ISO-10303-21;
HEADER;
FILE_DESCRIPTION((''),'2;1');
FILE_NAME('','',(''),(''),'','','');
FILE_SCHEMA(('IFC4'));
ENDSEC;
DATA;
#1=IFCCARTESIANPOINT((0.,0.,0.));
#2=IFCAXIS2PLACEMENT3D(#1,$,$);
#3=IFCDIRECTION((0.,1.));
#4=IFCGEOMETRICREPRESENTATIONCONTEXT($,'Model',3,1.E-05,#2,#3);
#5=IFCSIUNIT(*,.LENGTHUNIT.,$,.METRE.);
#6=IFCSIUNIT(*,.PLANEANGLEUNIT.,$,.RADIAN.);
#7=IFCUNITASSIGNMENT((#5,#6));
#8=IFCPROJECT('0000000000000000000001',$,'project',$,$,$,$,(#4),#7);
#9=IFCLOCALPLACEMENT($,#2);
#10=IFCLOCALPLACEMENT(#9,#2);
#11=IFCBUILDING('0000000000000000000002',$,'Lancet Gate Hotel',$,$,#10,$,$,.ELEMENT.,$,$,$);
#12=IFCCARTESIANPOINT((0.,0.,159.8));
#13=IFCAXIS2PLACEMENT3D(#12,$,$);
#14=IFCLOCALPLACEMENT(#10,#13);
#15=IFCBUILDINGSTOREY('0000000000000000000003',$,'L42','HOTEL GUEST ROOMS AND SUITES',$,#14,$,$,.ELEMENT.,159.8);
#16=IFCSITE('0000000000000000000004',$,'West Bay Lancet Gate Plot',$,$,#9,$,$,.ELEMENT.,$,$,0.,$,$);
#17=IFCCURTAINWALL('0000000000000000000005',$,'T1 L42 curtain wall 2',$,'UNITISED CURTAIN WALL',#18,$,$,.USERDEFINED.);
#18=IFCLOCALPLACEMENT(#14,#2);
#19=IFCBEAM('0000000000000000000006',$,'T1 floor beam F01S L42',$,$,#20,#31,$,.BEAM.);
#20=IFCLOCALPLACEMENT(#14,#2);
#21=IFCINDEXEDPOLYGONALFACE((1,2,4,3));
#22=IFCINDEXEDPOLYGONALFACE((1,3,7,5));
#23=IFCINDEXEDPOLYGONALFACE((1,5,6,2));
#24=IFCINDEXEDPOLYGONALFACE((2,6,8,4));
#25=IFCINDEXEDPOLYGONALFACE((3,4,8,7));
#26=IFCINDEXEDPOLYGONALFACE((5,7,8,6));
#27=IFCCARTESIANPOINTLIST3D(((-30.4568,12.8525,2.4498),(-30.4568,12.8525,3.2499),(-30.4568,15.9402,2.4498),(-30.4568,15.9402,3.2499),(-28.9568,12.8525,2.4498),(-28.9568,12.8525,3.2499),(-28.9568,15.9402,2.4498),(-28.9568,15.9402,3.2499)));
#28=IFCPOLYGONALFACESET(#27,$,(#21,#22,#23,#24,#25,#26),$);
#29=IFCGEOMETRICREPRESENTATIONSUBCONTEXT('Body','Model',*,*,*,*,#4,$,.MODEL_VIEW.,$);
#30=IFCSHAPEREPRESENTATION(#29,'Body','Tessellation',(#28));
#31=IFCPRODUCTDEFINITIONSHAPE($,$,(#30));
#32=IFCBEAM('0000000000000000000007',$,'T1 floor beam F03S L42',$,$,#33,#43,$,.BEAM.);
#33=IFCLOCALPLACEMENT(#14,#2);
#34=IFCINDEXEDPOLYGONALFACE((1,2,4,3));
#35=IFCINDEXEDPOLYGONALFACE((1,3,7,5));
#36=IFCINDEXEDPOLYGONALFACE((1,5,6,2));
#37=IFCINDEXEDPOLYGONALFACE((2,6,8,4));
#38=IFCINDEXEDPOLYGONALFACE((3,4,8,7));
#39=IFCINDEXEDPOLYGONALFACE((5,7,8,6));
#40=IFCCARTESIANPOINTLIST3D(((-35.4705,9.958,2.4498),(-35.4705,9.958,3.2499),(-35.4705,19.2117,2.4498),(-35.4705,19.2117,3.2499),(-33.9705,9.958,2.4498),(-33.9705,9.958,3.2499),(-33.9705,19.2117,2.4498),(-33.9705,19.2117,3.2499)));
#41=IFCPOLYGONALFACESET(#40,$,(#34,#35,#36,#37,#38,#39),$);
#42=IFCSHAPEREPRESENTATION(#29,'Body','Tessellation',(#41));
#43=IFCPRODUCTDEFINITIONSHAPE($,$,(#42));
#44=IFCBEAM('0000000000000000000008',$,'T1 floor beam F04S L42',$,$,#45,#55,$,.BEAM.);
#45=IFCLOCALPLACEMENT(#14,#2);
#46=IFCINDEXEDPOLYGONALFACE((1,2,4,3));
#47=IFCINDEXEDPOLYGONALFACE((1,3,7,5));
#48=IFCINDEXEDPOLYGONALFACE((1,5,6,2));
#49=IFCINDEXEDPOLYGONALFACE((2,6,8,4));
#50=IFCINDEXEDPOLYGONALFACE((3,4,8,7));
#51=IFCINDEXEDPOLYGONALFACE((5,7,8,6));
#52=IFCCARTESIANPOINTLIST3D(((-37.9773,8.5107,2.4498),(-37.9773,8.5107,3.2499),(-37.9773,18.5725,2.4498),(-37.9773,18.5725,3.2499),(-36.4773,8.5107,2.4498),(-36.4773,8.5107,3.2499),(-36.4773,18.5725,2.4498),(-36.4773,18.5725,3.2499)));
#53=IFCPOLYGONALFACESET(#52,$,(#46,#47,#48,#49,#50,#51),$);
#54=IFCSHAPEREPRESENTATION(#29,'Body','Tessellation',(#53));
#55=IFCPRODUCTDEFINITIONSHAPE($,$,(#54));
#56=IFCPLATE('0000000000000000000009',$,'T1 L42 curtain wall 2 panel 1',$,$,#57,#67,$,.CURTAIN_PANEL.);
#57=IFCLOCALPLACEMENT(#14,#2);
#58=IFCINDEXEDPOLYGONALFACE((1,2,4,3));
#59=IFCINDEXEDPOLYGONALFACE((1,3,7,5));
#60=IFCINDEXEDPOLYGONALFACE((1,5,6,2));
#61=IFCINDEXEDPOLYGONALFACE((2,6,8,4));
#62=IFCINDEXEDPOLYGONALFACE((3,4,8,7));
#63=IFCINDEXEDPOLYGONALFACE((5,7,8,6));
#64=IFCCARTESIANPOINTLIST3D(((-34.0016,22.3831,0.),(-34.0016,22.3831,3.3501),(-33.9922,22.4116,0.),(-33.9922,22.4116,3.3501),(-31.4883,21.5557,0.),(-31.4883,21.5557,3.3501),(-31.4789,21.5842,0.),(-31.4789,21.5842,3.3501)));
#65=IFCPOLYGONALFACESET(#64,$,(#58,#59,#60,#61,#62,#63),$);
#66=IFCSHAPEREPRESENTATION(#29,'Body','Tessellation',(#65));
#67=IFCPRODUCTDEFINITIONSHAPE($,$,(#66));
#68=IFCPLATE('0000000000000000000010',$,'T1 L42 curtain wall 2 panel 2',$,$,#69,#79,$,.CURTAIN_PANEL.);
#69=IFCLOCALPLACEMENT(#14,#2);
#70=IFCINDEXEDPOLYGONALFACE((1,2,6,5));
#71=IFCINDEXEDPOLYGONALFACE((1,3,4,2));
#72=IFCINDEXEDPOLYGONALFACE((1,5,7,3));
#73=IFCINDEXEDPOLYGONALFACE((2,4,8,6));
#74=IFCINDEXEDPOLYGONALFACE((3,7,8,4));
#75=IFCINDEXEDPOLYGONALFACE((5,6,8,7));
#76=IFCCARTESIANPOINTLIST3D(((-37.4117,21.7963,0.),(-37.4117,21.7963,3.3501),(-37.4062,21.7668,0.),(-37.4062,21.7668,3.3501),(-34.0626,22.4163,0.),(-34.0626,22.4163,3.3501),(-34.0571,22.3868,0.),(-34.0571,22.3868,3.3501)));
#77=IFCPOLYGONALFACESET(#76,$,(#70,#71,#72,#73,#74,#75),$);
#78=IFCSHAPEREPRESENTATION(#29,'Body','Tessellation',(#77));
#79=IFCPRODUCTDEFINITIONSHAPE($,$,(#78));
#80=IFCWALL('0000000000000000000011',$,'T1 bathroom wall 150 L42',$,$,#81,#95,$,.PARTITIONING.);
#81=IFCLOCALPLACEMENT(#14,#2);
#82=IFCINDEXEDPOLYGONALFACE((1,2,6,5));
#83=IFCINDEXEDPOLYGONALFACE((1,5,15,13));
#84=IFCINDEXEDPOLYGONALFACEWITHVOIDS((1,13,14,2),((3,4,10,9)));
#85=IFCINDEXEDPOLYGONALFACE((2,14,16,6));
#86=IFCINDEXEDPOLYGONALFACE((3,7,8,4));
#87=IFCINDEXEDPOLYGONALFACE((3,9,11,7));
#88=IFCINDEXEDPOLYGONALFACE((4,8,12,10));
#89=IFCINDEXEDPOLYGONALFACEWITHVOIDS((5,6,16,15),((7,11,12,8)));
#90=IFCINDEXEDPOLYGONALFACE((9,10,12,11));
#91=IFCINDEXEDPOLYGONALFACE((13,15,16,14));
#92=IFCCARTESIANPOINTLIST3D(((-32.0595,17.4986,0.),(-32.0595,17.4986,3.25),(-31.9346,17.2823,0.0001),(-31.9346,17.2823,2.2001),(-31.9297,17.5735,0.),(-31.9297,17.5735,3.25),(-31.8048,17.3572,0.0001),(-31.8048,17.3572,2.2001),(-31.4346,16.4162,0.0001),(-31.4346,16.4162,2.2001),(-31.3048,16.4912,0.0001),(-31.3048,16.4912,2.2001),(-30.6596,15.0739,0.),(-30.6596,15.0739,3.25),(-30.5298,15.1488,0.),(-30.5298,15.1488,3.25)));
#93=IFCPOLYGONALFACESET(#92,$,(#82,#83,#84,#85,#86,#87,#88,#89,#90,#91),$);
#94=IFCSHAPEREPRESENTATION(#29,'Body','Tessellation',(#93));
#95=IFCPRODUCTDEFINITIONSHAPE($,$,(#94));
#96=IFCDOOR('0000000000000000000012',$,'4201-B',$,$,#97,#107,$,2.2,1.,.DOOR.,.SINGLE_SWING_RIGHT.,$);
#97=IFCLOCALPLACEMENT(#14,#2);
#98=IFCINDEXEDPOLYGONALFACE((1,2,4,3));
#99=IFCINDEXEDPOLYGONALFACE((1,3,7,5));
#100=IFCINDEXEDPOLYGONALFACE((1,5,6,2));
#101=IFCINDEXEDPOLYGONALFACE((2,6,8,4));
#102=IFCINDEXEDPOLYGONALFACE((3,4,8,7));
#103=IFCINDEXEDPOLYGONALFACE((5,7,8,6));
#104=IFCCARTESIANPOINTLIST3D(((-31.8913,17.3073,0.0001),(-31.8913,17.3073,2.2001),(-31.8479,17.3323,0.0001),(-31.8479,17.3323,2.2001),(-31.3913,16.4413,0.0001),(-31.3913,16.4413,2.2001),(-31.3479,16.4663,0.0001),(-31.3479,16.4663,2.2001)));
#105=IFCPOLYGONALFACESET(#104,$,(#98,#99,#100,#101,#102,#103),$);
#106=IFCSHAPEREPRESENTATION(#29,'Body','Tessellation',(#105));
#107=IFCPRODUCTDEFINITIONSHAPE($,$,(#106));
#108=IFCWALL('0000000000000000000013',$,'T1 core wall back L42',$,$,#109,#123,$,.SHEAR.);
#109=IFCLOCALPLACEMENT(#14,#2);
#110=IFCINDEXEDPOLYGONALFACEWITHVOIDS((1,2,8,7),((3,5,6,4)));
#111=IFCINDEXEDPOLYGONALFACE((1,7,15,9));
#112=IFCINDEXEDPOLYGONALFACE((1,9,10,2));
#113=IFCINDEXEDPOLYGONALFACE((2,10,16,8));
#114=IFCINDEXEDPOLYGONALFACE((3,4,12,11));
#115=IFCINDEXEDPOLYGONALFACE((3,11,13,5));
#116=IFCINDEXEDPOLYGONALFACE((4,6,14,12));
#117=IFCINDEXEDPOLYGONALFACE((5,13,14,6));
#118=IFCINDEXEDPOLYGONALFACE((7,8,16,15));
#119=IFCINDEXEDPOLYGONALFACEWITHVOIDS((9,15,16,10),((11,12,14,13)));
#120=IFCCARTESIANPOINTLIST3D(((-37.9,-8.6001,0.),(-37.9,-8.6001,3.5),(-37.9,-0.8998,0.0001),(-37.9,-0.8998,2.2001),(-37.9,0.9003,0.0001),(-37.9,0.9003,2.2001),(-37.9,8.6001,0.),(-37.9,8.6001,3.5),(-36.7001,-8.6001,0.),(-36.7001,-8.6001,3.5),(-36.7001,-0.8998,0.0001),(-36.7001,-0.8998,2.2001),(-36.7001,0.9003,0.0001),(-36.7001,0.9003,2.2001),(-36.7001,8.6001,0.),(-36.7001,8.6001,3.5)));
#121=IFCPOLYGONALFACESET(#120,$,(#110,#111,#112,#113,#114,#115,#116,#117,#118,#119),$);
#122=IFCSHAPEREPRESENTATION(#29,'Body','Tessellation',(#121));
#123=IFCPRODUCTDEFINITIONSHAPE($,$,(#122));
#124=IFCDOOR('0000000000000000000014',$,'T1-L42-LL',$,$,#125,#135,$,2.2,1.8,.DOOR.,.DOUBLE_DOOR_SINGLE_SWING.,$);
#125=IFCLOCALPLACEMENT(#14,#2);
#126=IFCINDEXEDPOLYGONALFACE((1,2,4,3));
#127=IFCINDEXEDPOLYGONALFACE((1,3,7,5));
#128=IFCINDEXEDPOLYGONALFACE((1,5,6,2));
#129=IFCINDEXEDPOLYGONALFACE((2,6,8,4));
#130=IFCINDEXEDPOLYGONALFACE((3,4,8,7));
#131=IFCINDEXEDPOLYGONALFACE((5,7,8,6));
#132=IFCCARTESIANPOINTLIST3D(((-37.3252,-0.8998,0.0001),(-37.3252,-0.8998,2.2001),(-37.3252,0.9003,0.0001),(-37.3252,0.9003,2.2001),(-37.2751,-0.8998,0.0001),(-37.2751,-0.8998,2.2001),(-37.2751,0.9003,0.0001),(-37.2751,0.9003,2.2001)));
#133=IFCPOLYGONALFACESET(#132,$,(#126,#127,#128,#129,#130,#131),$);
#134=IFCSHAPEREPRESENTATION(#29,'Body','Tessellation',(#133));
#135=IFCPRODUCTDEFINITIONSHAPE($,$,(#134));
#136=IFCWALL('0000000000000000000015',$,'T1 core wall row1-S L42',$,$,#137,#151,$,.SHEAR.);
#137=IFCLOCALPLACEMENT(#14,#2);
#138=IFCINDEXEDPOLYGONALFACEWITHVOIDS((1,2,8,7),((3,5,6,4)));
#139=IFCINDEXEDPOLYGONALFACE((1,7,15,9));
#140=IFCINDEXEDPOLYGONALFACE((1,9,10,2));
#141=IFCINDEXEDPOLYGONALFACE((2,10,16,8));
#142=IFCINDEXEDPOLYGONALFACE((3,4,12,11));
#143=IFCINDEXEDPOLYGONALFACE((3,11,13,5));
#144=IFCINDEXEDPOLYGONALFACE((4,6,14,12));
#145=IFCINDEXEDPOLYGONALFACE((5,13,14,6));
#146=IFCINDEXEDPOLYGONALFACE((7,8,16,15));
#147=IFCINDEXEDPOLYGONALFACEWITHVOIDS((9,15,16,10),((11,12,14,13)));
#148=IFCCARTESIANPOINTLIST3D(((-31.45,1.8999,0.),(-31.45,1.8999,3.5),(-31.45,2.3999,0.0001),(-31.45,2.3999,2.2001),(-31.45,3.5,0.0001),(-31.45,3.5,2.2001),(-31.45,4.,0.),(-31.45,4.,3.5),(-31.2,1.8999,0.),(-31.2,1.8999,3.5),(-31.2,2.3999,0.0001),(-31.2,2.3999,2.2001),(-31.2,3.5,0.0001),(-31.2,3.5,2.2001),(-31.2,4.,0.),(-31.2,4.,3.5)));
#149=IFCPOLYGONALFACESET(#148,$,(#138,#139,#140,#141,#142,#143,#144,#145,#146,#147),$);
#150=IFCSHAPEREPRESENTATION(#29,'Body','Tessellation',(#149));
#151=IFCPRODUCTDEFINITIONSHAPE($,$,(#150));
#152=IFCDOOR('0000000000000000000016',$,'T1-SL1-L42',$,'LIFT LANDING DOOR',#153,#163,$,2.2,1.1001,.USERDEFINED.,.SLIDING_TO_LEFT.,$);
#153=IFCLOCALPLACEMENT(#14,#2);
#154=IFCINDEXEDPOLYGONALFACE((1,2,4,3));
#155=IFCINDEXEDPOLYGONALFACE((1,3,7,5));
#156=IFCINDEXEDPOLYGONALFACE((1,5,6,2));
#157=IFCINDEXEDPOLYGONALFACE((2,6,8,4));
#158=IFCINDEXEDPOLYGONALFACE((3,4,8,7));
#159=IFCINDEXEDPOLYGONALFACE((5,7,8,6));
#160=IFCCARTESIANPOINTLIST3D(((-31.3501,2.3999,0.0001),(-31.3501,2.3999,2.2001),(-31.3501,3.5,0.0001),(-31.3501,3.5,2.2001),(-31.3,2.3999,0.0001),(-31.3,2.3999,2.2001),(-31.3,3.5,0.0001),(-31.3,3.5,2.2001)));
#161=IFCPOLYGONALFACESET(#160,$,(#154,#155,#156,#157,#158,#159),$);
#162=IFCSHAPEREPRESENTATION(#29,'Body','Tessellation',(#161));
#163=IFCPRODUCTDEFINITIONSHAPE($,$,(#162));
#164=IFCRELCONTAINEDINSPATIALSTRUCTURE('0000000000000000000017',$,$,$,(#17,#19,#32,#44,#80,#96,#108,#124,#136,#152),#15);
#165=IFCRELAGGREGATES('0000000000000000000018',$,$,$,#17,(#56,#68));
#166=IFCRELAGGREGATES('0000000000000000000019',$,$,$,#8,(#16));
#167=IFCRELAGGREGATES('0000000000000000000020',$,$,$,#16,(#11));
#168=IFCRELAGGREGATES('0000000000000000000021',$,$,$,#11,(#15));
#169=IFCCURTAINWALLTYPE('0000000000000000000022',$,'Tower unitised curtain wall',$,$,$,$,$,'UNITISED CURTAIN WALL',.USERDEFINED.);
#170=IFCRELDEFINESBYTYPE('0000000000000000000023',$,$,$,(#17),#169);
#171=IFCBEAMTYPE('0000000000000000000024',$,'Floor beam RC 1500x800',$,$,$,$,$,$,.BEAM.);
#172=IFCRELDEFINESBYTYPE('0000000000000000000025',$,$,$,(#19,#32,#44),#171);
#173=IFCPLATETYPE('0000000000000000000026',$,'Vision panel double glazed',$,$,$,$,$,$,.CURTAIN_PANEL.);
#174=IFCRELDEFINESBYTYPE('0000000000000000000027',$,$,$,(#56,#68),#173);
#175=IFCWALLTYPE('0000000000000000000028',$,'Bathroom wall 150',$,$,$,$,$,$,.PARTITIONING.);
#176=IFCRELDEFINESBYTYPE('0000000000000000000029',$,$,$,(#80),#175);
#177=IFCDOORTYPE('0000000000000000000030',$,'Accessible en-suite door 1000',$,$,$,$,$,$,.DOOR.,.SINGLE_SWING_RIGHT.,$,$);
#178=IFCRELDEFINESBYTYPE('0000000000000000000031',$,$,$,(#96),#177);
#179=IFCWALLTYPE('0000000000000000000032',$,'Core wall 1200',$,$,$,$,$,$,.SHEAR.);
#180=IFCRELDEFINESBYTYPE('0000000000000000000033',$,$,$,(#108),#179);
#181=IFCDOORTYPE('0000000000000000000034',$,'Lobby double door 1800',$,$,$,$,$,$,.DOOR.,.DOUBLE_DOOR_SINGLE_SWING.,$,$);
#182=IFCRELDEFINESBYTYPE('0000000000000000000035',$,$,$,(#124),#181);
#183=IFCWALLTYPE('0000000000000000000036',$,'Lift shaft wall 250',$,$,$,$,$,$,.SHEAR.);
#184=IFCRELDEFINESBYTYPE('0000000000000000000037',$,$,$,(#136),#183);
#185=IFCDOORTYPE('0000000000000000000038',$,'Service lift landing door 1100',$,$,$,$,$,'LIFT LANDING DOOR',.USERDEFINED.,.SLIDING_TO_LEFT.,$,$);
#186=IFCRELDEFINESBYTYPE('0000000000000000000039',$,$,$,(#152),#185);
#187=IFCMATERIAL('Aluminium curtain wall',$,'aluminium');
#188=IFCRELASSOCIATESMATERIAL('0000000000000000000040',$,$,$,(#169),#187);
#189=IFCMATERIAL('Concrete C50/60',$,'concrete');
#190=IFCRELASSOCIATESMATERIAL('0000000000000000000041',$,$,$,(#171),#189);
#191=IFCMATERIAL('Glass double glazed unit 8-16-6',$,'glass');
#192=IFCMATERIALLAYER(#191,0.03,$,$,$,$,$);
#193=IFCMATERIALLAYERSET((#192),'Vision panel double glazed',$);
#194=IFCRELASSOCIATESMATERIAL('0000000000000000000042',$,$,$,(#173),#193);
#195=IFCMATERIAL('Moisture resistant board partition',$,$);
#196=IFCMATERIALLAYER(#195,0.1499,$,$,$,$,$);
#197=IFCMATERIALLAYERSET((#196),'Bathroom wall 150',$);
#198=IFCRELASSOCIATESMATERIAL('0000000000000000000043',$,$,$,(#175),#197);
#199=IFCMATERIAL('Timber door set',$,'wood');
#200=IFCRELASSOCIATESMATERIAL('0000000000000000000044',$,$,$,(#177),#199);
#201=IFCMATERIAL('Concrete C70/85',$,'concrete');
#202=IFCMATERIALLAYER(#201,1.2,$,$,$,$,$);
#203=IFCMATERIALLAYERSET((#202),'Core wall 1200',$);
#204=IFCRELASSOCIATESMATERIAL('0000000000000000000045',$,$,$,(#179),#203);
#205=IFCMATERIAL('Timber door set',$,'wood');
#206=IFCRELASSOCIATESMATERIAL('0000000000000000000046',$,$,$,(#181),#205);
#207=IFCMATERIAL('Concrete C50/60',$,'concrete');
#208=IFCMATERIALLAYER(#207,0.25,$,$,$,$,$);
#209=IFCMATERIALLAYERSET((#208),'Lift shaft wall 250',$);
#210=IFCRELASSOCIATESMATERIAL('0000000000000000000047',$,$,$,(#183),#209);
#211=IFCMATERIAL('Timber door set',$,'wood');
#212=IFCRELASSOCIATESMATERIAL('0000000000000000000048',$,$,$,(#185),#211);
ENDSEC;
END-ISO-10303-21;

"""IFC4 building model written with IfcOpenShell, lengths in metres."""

from ifc_helpers import new_model, si_unit, direction, frame, frame_2d, origin, origin_2d, place, context, subcontext, project, spatial, rectangle, extrude, material, layer, layer_set, material_profile, profile_set, type_object, element, fill, aggregate, save


model = new_model("IFC4")

# Units and contexts
model_context = context("Model", 3, precision=1e-05, world=origin(), true_north=direction((0.0, 1.0)))
body_context = subcontext(model_context, "Body", "Model", "MODEL_VIEW")
ifc_project = project(units=[si_unit("LENGTHUNIT", "METRE"), si_unit("PLANEANGLEUNIT", "RADIAN")], contexts=[model_context])

# Site, building, storey
site_placement = place(None, origin())
site = spatial("IfcSite", under=ifc_project, at=site_placement, Name="West Bay Lancet Gate Plot", CompositionType="ELEMENT", RefElevation=0.0)
building_placement = place(site_placement, origin())
building = spatial("IfcBuilding", under=site, at=building_placement, Name="Lancet Gate Hotel", CompositionType="ELEMENT")
storey_placement = place(building_placement, frame((0.0, 0.0, 159.8)))
storey = spatial("IfcBuildingStorey", under=building, at=storey_placement, Name="L42", Description="HOTEL GUEST ROOMS AND SUITES", CompositionType="ELEMENT", Elevation=159.8)

# Shared definitions
ifc_material_1 = material(Name="Aluminium curtain wall", Category="aluminium")
curtain_wall_type = type_object("IfcCurtainWallType", Name="Tower unitised curtain wall", ElementType="UNITISED CURTAIN WALL", PredefinedType="USERDEFINED", material=ifc_material_1)

# Curtain wall
curtain_wall_1_placement = place(storey_placement, origin())
curtain_wall_1 = element("IfcCurtainWall", 1, at=curtain_wall_1_placement, inside=storey, type_object=curtain_wall_type, Name="T1 L42 curtain wall 2", ObjectType="UNITISED CURTAIN WALL", PredefinedType="USERDEFINED")

# Beams
ifc_material_2 = material(Name="Concrete C50/60", Category="concrete")
ifc_material_profile_1 = material_profile(ifc_material_2, rectangle(XDim=1.5, YDim=0.8, at=origin_2d()), Name="RC 1500x800")
ifc_profile_set_1 = profile_set([ifc_material_profile_1], Name="Concrete C50/60")
beam_type_1 = type_object("IfcBeamType", Name="Floor beam RC 1500x800", PredefinedType="BEAM", material=ifc_profile_set_1)
beam_1_placement = place(storey_placement, frame((-29.7068, 15.9402, 2.8499), z_axis=(0.0, -1.0, 0.0), x_axis=(1.0, 0.0, 0.0)))
element("IfcBeam", 2, at=beam_1_placement, inside=storey, type_object=beam_type_1, Name="T1 floor beam F01S L42", PredefinedType="BEAM", context=body_context, shape_type="SweptSolid", body=[
    extrude(rectangle(XDim=1.5, YDim=0.8, at=origin_2d()), origin(), (0.0, 0.0, 1.0), 3.0876),
])
beam_2_placement = place(storey_placement, frame((-34.7205, 19.2117, 2.8499), z_axis=(0.0, -1.0, 0.0), x_axis=(1.0, 0.0, 0.0)))
element("IfcBeam", 3, at=beam_2_placement, inside=storey, type_object=beam_type_1, Name="T1 floor beam F03S L42", PredefinedType="BEAM", context=body_context, shape_type="SweptSolid", body=[
    extrude(rectangle(XDim=1.5, YDim=0.8, at=origin_2d()), origin(), (0.0, 0.0, 1.0), 9.2537),
])
beam_3_placement = place(storey_placement, frame((-37.2273, 18.5725, 2.8499), z_axis=(0.0, -1.0, 0.0), x_axis=(1.0, 0.0, 0.0)))
element("IfcBeam", 4, at=beam_3_placement, inside=storey, type_object=beam_type_1, Name="T1 floor beam F04S L42", PredefinedType="BEAM", context=body_context, shape_type="SweptSolid", body=[
    extrude(rectangle(XDim=1.5, YDim=0.8, at=origin_2d()), origin(), (0.0, 0.0, 1.0), 10.0618),
])

# Plates
ifc_material_3 = material(Name="Glass double glazed unit 8-16-6", Category="glass")
ifc_layer_1 = layer(ifc_material_3, 0.03)
ifc_layer_set_1 = layer_set([ifc_layer_1], Name="Vision panel double glazed")
plate_type = type_object("IfcPlateType", Name="Vision panel double glazed", PredefinedType="CURTAIN_PANEL", material=ifc_layer_set_1)
plate_1_placement = place(storey_placement, frame((-32.7402, 21.9836, 0.0), z_axis=(0.0, 0.0, 1.0), x_axis=(-0.949848, 0.312712, 0.0)))
plate_1 = element("IfcPlate", 5, at=plate_1_placement, type_object=plate_type, Name="T1 L42 curtain wall 2 panel 1", PredefinedType="CURTAIN_PANEL", context=body_context, shape_type="SweptSolid", body=[
    extrude(rectangle(XDim=2.646, YDim=0.03, at=origin_2d()), origin(), (0.0, 0.0, 1.0), 3.3501),
])
plate_2_placement = place(storey_placement, frame((-35.7344, 22.0916, 0.0), z_axis=(0.0, 0.0, 1.0), x_axis=(-0.983292, -0.182033, 0.0)))
plate_2 = element("IfcPlate", 6, at=plate_2_placement, type_object=plate_type, Name="T1 L42 curtain wall 2 panel 2", PredefinedType="CURTAIN_PANEL", context=body_context, shape_type="SweptSolid", body=[
    extrude(rectangle(XDim=3.406, YDim=0.03, at=origin_2d()), origin(), (0.0, 0.0, 1.0), 3.3501),
])
aggregate(curtain_wall_1, [plate_1, plate_2])

# Walls, openings, doors
ifc_material_4 = material(Name="Moisture resistant board partition")
ifc_layer_2 = layer(ifc_material_4, 0.1499)
ifc_layer_set_2 = layer_set([ifc_layer_2], Name="Bathroom wall 150")
wall_type_1 = type_object("IfcWallType", Name="Bathroom wall 150", PredefinedType="PARTITIONING", material=ifc_layer_set_2)
wall_1_placement = place(storey_placement, frame((-30.5947, 15.1113, 0.0), z_axis=(0.0, 0.0, 1.0), x_axis=(-0.499984, 0.866035, 0.0)))
wall_1 = element("IfcWall", 7, at=wall_1_placement, inside=storey, type_object=wall_type_1, Name="T1 bathroom wall 150 L42", PredefinedType="PARTITIONING", context=body_context, shape_type="SweptSolid", body=[
    extrude(rectangle(XDim=2.7998, YDim=0.1499, at=frame_2d((1.3999, 0.0))), origin(), (0.0, 0.0, 1.0), 3.25),
])
opening_1_placement = place(wall_1_placement, frame((1.55, 0.0, 0.0)))
opening_1 = element("IfcOpeningElement", 8, at=opening_1_placement, cuts=wall_1, PredefinedType="OPENING", context=body_context, shape_type="SweptSolid", body=[
    extrude(rectangle(XDim=1.0, YDim=2.2, at=frame_2d((0.5, 1.1001))), frame((0.0, 0.085, 0.0), z_axis=(0.0, -1.0, 0.0), x_axis=(1.0, 0.0, 0.0)), (0.0, 0.0, 1.0), 0.1699),
])
ifc_material_5 = material(Name="Timber door set", Category="wood")
door_type_1 = type_object("IfcDoorType", Name="Accessible en-suite door 1000", OperationType="SINGLE_SWING_RIGHT", PredefinedType="DOOR", material=ifc_material_5)
door_1_placement = place(opening_1_placement, origin())
door_1 = element("IfcDoor", 9, at=door_1_placement, inside=storey, type_object=door_type_1, Name="4201-B", OperationType="SINGLE_SWING_RIGHT", OverallHeight=2.2, OverallWidth=1.0, PredefinedType="DOOR", context=body_context, shape_type="SweptSolid", body=[
    extrude(rectangle(XDim=1.0, YDim=2.2, at=frame_2d((0.5, 1.1001))), frame((0.0, 0.0249, 0.0), z_axis=(0.0, -1.0, 0.0), x_axis=(1.0, 0.0, 0.0)), (0.0, 0.0, 1.0), 0.05),
])
fill(opening_1, door_1)
ifc_material_6 = material(Name="Concrete C70/85", Category="concrete")
ifc_layer_3 = layer(ifc_material_6, 1.2)
ifc_layer_set_3 = layer_set([ifc_layer_3], Name="Core wall 1200")
wall_type_2 = type_object("IfcWallType", Name="Core wall 1200", PredefinedType="SHEAR", material=ifc_layer_set_3)
wall_2_placement = place(storey_placement, frame((-37.3, 8.6001, 0.0), z_axis=(0.0, 0.0, 1.0), x_axis=(0.0, -1.0, 0.0)))
wall_2 = element("IfcWall", 10, at=wall_2_placement, inside=storey, type_object=wall_type_2, Name="T1 core wall back L42", PredefinedType="SHEAR", context=body_context, shape_type="SweptSolid", body=[
    extrude(rectangle(XDim=17.2002, YDim=1.2, at=frame_2d((8.6001, 0.0))), origin(), (0.0, 0.0, 1.0), 3.5),
])
opening_2_placement = place(wall_2_placement, frame((7.7, 0.0, 0.0)))
opening_2 = element("IfcOpeningElement", 11, at=opening_2_placement, cuts=wall_2, PredefinedType="OPENING", context=body_context, shape_type="SweptSolid", body=[
    extrude(rectangle(XDim=1.8, YDim=2.2, at=frame_2d((0.8999, 1.1001))), frame((0.0, 0.6099, 0.0), z_axis=(0.0, -1.0, 0.0), x_axis=(1.0, 0.0, 0.0)), (0.0, 0.0, 1.0), 1.22),
])
ifc_material_7 = material(Name="Timber door set", Category="wood")
door_type_2 = type_object("IfcDoorType", Name="Lobby double door 1800", OperationType="DOUBLE_DOOR_SINGLE_SWING", PredefinedType="DOOR", material=ifc_material_7)
door_2_placement = place(opening_2_placement, origin())
door_2 = element("IfcDoor", 12, at=door_2_placement, inside=storey, type_object=door_type_2, Name="T1-L42-LL", OperationType="DOUBLE_DOOR_SINGLE_SWING", OverallHeight=2.2, OverallWidth=1.8, PredefinedType="DOOR", context=body_context, shape_type="SweptSolid", body=[
    extrude(rectangle(XDim=1.8, YDim=2.2, at=frame_2d((0.8999, 1.1001))), frame((0.0, 0.0249, 0.0), z_axis=(0.0, -1.0, 0.0), x_axis=(1.0, 0.0, 0.0)), (0.0, 0.0, 1.0), 0.05),
])
fill(opening_2, door_2)
ifc_material_8 = material(Name="Concrete C50/60", Category="concrete")
ifc_layer_4 = layer(ifc_material_8, 0.25)
ifc_layer_set_4 = layer_set([ifc_layer_4], Name="Lift shaft wall 250")
wall_type_3 = type_object("IfcWallType", Name="Lift shaft wall 250", PredefinedType="SHEAR", material=ifc_layer_set_4)
wall_3_placement = place(storey_placement, frame((-31.325, 4.0, 0.0), z_axis=(0.0, 0.0, 1.0), x_axis=(0.0, -1.0, 0.0)))
wall_3 = element("IfcWall", 13, at=wall_3_placement, inside=storey, type_object=wall_type_3, Name="T1 core wall row1-S L42", PredefinedType="SHEAR", context=body_context, shape_type="SweptSolid", body=[
    extrude(rectangle(XDim=2.1001, YDim=0.25, at=frame_2d((1.05, 0.0))), origin(), (0.0, 0.0, 1.0), 3.5),
])
opening_3_placement = place(wall_3_placement, frame((0.5, 0.0, 0.0)))
opening_3 = element("IfcOpeningElement", 14, at=opening_3_placement, cuts=wall_3, PredefinedType="OPENING", context=body_context, shape_type="SweptSolid", body=[
    extrude(rectangle(XDim=1.1001, YDim=2.2, at=frame_2d((0.55, 1.1001))), frame((0.0, 0.135, 0.0), z_axis=(0.0, -1.0, 0.0), x_axis=(1.0, 0.0, 0.0)), (0.0, 0.0, 1.0), 0.27),
])
ifc_material_9 = material(Name="Timber door set", Category="wood")
door_type_3 = type_object("IfcDoorType", Name="Service lift landing door 1100", ElementType="LIFT LANDING DOOR", OperationType="SLIDING_TO_LEFT", PredefinedType="USERDEFINED", material=ifc_material_9)
door_3_placement = place(opening_3_placement, origin())
door_3 = element("IfcDoor", 15, at=door_3_placement, inside=storey, type_object=door_type_3, Name="T1-SL1-L42", ObjectType="LIFT LANDING DOOR", OperationType="SLIDING_TO_LEFT", OverallHeight=2.2, OverallWidth=1.1001, PredefinedType="USERDEFINED", context=body_context, shape_type="SweptSolid", body=[
    extrude(rectangle(XDim=1.1001, YDim=2.2, at=frame_2d((0.55, 1.1001))), frame((0.0, 0.0249, 0.0), z_axis=(0.0, -1.0, 0.0), x_axis=(1.0, 0.0, 0.0)), (0.0, 0.0, 1.0), 0.05),
])
fill(opening_3, door_3)

save(model, "model.ifc")
